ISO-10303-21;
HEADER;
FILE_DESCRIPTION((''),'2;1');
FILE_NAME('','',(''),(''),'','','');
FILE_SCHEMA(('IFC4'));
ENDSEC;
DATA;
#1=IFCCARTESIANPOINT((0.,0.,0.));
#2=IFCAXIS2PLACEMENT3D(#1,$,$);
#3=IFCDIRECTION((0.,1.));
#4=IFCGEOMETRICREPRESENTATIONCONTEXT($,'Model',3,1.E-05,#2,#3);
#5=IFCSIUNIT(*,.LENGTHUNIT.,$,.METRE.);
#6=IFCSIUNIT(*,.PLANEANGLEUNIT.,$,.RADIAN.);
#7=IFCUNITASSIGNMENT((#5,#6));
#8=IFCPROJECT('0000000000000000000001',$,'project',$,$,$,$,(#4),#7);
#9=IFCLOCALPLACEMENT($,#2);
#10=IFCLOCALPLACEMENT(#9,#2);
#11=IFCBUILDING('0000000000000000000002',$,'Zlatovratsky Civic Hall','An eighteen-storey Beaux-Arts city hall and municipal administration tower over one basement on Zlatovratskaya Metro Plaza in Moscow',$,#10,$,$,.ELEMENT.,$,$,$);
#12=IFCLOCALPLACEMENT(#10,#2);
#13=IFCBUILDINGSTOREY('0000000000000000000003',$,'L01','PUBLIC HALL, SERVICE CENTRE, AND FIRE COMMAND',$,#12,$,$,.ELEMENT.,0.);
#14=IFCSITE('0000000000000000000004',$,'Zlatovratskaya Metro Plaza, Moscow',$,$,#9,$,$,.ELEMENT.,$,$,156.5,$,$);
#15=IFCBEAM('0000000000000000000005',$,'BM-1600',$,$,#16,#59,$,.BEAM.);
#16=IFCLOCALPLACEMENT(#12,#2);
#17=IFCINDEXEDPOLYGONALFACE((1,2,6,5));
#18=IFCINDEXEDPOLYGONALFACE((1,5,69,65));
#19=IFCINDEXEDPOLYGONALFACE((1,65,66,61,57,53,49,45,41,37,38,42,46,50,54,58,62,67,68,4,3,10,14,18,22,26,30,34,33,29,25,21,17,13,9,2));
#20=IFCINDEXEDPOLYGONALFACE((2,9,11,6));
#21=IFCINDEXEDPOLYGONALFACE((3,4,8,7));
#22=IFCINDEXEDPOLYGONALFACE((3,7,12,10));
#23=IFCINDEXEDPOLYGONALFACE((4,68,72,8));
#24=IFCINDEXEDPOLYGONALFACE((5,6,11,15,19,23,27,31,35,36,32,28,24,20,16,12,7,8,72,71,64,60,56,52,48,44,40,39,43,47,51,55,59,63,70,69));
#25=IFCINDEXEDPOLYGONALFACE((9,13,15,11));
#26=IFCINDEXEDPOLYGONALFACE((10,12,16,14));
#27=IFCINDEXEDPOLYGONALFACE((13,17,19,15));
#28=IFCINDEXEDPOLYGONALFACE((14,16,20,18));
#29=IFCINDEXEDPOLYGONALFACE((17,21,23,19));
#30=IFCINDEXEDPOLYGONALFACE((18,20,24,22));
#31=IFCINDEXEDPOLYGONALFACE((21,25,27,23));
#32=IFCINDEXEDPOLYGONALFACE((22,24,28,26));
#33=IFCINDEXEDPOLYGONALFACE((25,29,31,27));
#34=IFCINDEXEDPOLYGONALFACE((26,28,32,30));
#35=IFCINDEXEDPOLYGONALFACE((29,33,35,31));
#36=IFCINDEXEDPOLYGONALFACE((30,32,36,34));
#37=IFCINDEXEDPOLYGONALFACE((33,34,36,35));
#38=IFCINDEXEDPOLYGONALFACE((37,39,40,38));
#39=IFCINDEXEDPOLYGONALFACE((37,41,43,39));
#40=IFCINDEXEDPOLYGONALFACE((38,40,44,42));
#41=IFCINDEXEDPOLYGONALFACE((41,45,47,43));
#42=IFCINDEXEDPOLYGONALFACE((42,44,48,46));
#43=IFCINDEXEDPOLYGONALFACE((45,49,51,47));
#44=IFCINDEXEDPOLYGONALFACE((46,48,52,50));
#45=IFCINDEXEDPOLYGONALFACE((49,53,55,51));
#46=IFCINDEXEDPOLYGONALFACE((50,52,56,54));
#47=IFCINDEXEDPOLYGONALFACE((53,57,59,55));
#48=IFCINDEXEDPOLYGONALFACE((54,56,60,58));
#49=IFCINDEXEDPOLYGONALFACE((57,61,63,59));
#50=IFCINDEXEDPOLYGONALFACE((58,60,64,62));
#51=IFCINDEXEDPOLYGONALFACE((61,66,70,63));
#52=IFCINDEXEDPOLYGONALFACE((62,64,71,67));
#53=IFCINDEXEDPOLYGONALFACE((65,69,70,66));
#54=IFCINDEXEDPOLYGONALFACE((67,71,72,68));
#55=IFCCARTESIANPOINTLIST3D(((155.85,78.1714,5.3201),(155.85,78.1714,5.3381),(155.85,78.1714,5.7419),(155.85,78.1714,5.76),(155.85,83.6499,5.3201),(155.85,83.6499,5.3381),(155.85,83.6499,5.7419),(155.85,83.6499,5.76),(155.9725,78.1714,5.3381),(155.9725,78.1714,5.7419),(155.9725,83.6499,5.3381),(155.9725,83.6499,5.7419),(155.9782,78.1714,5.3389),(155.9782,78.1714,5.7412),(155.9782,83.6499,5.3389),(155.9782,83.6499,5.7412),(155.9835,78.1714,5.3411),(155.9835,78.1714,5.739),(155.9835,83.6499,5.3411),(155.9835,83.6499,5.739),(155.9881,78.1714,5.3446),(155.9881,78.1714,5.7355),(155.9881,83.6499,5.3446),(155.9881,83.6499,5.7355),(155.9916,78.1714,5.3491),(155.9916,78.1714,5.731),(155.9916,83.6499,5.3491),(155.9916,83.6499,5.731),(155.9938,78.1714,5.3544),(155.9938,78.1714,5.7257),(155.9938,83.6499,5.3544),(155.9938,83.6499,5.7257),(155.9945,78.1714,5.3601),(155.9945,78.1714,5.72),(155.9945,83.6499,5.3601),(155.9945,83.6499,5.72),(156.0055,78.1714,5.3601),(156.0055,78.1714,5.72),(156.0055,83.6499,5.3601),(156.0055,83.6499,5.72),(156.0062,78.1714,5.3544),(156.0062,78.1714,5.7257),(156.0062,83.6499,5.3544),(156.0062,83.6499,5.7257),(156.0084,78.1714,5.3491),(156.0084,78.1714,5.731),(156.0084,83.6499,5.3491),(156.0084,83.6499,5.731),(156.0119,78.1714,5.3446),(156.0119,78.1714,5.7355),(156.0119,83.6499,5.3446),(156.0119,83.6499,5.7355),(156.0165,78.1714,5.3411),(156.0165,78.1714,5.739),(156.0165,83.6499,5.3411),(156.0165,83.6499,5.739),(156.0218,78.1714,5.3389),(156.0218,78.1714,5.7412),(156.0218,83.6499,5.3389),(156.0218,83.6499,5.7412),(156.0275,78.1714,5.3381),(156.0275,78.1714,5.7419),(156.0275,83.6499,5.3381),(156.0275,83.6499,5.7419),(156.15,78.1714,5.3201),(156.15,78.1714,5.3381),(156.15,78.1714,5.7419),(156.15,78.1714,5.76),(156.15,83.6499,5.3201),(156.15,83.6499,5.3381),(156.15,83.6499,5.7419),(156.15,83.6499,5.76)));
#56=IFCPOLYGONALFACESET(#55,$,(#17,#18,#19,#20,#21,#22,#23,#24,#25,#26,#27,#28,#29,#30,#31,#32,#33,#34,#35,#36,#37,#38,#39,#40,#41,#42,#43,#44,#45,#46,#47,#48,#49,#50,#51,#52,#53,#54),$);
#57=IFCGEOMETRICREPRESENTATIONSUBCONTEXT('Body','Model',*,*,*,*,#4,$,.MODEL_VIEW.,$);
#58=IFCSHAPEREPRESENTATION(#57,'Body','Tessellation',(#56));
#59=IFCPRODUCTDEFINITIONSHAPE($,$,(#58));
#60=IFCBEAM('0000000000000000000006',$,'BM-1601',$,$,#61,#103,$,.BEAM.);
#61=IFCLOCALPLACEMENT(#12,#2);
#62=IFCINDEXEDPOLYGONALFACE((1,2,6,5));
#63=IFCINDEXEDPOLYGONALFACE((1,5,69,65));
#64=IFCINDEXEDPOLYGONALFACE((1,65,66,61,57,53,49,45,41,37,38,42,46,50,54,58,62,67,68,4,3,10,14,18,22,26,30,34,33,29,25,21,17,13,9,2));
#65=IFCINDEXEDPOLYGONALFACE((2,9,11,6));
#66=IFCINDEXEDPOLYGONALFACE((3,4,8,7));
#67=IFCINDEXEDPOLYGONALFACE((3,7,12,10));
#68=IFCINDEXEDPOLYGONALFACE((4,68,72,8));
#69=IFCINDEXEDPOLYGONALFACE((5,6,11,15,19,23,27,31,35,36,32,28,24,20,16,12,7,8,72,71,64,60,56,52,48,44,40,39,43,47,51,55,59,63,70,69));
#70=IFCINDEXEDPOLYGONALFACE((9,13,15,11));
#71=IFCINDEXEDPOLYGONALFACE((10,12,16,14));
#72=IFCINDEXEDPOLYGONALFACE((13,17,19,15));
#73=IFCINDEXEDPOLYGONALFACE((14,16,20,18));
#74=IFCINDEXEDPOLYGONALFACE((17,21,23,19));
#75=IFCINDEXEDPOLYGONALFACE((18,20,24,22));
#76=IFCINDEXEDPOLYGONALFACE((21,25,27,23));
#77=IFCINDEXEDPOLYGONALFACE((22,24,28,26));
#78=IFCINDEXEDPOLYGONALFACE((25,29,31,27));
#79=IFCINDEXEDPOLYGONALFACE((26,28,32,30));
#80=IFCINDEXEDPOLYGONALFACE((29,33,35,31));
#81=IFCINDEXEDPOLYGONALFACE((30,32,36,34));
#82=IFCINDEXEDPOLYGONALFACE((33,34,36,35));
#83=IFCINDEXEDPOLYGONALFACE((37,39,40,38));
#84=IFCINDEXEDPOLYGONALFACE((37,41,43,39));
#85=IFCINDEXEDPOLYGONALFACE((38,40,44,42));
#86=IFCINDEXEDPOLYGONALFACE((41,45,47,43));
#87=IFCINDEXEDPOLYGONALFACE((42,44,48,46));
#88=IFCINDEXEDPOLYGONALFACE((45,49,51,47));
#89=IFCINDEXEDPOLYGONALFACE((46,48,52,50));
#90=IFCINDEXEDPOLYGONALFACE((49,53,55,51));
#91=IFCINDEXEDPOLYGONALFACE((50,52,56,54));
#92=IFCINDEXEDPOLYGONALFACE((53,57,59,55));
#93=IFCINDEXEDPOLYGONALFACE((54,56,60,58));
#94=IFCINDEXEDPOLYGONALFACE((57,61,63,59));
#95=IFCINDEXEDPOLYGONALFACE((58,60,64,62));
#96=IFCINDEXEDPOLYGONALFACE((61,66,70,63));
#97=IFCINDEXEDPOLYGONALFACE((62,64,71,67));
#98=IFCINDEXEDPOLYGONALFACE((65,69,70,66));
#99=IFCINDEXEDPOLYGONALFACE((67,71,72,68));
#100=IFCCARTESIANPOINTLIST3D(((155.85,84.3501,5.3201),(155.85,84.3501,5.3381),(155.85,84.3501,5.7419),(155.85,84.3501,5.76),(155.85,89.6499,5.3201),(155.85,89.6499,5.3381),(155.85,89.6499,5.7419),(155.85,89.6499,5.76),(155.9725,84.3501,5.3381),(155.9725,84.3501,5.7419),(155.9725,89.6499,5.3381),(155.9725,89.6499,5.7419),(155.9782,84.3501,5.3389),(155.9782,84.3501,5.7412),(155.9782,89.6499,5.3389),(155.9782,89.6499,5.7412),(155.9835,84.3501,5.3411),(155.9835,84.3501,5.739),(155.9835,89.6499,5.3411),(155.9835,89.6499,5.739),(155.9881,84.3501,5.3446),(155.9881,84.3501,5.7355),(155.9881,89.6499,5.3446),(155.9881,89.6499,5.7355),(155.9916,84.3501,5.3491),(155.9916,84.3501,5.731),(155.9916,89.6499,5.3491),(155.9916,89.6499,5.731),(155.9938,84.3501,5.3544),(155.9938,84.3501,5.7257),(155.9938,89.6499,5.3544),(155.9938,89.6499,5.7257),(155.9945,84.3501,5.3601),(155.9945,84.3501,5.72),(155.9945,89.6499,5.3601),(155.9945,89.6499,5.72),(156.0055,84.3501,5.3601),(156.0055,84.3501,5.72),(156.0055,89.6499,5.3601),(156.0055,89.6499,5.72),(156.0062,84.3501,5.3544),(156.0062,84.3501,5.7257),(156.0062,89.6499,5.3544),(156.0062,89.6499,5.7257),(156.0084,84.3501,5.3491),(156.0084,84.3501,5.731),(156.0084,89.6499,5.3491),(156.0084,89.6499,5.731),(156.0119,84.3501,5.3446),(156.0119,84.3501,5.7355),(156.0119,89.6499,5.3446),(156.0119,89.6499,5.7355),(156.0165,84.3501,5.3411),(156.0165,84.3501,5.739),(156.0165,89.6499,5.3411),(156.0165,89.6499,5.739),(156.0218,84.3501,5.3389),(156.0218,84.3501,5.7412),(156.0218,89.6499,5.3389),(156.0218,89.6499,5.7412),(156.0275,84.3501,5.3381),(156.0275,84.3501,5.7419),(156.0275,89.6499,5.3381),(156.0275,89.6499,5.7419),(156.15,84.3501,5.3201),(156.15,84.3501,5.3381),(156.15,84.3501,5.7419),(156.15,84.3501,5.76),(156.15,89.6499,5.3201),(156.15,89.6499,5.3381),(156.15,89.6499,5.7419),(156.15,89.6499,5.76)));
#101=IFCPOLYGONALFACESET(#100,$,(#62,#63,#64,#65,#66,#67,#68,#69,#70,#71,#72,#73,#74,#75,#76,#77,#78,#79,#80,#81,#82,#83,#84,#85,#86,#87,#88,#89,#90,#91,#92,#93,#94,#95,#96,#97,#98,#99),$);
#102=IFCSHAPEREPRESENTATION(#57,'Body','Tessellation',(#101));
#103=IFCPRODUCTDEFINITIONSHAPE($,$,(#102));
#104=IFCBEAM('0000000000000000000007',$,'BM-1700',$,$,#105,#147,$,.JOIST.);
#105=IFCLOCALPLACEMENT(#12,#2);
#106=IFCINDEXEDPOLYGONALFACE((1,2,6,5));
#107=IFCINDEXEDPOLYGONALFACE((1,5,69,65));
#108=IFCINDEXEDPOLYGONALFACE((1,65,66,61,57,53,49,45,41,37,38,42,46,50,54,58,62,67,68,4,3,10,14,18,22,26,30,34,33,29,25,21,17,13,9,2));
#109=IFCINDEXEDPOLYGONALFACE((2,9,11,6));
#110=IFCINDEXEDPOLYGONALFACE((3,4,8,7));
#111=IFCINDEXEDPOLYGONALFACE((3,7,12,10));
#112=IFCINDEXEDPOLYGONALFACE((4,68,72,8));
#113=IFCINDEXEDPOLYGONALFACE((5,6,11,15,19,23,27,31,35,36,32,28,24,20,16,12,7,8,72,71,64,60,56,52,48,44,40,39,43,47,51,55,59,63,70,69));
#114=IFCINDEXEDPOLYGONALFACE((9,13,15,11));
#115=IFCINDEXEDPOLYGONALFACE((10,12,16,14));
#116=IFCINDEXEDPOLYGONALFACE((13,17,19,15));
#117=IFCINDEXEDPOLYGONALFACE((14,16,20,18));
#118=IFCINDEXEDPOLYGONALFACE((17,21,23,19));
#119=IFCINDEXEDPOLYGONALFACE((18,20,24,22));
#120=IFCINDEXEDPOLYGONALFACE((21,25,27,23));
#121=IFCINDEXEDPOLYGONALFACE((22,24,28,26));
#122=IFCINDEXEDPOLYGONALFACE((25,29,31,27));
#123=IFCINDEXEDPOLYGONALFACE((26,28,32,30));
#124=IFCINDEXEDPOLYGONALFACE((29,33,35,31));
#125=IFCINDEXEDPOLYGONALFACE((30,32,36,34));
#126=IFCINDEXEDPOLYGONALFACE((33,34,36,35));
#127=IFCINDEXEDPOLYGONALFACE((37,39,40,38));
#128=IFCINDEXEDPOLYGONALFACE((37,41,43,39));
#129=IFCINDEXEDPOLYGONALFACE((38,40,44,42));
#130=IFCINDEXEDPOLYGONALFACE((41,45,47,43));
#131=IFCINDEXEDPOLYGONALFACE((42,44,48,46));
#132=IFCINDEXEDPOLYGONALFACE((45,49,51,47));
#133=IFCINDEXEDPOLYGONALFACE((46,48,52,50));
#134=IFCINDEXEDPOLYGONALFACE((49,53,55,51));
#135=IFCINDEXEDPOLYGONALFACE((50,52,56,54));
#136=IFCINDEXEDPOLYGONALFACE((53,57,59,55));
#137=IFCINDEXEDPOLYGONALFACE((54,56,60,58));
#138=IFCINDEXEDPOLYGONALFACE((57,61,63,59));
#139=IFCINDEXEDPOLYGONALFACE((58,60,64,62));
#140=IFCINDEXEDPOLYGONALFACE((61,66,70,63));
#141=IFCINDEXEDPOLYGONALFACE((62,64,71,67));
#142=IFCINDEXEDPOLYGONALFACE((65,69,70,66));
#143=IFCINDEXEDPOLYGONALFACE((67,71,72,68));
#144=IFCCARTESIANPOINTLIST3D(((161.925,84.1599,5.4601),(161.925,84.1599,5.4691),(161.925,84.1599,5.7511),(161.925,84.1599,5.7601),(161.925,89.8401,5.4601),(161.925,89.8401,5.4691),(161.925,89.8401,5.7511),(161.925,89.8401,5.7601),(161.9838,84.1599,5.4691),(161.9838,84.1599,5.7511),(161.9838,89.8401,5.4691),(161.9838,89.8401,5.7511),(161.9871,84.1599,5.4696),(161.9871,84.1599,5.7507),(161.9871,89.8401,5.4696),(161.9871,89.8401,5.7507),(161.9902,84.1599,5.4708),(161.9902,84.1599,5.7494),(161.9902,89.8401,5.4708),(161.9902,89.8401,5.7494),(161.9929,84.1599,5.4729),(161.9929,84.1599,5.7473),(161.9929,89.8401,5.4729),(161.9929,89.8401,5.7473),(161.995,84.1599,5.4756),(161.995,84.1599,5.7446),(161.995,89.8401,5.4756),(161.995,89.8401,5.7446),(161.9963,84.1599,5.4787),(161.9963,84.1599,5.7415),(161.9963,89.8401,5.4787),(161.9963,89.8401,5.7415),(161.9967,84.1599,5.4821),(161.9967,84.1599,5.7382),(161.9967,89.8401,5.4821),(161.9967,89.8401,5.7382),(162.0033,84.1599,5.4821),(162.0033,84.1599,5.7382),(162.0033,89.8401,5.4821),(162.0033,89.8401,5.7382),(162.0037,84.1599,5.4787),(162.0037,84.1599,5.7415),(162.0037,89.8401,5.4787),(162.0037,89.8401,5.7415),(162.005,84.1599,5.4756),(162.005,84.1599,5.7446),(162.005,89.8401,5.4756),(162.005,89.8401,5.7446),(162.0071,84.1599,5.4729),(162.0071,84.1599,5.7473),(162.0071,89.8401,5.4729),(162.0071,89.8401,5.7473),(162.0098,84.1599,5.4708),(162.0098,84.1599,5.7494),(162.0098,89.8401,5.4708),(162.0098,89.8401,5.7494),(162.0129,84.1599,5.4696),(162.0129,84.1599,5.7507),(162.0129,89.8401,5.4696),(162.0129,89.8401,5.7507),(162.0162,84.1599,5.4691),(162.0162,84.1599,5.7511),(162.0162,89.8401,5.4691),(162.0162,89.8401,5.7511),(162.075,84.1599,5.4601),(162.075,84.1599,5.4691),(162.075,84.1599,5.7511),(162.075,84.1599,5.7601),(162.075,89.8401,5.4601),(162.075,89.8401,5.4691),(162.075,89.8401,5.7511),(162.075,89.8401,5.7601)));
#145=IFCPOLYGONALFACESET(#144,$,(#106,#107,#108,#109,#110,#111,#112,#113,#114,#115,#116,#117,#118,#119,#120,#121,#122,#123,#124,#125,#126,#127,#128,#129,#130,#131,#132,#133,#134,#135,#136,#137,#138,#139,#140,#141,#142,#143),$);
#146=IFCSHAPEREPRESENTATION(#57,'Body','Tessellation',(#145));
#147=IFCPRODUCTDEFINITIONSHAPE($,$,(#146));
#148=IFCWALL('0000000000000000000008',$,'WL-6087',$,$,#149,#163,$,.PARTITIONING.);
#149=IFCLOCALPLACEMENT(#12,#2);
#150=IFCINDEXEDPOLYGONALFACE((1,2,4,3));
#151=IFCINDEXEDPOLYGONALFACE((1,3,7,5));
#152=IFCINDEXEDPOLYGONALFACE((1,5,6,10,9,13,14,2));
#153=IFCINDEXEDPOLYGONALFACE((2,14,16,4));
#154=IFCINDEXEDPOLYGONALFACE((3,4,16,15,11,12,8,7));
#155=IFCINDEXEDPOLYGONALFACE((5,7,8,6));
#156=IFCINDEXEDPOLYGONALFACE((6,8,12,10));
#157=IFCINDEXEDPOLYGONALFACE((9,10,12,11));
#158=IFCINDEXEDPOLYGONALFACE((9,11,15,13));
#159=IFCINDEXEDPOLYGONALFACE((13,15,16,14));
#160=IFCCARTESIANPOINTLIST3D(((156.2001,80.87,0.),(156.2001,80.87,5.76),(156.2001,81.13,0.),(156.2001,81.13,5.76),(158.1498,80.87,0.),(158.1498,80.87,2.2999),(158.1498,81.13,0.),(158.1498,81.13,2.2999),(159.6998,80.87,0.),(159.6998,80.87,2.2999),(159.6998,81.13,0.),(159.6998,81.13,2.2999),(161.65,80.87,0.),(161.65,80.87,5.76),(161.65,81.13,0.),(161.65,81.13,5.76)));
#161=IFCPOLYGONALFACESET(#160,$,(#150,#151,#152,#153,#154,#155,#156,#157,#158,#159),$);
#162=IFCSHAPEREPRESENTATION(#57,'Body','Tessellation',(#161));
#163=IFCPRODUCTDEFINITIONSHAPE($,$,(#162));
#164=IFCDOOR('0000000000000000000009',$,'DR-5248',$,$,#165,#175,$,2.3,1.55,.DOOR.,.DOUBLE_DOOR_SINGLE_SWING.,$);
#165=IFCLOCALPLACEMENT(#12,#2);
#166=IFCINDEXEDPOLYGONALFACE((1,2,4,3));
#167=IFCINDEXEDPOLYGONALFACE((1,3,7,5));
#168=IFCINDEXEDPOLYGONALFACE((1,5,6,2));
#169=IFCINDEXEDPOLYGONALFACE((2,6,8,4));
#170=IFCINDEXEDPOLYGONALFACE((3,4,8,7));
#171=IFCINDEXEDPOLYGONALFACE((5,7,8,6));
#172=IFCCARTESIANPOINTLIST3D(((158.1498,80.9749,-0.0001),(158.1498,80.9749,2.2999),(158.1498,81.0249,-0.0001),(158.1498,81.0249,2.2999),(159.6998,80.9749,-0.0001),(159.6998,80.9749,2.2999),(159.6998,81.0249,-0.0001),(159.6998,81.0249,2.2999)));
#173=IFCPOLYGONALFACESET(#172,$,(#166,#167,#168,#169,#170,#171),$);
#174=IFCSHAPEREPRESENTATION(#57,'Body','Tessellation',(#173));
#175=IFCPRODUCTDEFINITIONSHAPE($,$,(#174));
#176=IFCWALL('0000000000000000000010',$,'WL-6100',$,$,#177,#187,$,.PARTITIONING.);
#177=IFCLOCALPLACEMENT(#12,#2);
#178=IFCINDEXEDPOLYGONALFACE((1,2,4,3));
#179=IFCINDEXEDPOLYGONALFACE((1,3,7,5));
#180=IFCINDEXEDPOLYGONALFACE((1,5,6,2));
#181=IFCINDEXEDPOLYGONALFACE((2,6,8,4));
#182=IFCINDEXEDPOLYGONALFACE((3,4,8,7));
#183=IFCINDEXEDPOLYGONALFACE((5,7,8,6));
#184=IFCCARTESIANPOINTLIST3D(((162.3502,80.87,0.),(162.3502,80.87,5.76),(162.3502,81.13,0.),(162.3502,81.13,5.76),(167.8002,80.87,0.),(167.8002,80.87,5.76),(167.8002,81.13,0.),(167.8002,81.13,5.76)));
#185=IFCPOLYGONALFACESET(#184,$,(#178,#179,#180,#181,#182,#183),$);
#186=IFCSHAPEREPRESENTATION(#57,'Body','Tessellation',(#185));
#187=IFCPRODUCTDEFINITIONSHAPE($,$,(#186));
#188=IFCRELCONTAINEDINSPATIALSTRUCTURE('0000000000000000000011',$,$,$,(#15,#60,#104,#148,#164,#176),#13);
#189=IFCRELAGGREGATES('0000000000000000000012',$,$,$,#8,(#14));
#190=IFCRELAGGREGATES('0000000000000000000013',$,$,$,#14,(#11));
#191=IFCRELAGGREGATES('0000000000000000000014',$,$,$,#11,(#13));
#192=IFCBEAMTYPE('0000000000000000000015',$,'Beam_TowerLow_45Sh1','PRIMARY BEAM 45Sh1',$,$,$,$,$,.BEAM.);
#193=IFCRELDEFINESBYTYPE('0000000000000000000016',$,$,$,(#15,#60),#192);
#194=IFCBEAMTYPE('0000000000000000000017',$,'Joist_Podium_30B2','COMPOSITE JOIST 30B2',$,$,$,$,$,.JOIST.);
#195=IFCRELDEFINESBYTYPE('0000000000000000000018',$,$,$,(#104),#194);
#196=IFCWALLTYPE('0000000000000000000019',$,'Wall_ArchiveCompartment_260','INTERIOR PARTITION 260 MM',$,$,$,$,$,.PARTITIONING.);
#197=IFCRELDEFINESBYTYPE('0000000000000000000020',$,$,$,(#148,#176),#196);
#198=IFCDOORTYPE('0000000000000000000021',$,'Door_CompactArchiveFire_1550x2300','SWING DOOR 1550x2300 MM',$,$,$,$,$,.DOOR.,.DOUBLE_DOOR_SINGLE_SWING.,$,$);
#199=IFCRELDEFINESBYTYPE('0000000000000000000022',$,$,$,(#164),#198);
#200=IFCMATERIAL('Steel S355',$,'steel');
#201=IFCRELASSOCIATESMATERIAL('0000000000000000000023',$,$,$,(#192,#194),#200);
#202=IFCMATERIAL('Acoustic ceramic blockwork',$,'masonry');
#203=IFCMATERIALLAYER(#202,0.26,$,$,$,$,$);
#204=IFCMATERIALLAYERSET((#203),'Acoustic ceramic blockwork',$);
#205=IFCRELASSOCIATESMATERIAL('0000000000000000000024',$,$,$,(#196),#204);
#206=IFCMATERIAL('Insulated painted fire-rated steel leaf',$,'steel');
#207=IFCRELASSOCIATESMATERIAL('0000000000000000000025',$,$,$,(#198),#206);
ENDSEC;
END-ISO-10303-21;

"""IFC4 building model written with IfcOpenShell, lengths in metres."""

from ifc_helpers import new_model, si_unit, direction, frame, frame_2d, origin, origin_2d, place, context, subcontext, project, spatial, rectangle, i_section, extrude, material, layer, layer_set, material_profile, profile_set, type_object, element, fill, save


model = new_model("IFC4")

# Units and contexts
model_context = context("Model", 3, precision=1e-05, world=origin(), true_north=direction((0.0, 1.0)))
body_context = subcontext(model_context, "Body", "Model", "MODEL_VIEW")
ifc_project = project(units=[si_unit("LENGTHUNIT", "METRE"), si_unit("PLANEANGLEUNIT", "RADIAN")], contexts=[model_context])

# Site, building, storey
site_placement = place(None, origin())
site = spatial("IfcSite", under=ifc_project, at=site_placement, Name="Zlatovratskaya Metro Plaza, Moscow", CompositionType="ELEMENT", RefElevation=156.5)
building_placement = place(site_placement, origin())
building = spatial("IfcBuilding", under=site, at=building_placement, Name="Zlatovratsky Civic Hall", Description="An eighteen-storey Beaux-Arts city hall and municipal administration tower over one basement on Zlatovratskaya Metro Plaza in Moscow", CompositionType="ELEMENT")
storey_placement = place(building_placement, origin())
storey = spatial("IfcBuildingStorey", under=building, at=storey_placement, Name="L01", Description="PUBLIC HALL, SERVICE CENTRE, AND FIRE COMMAND", CompositionType="ELEMENT", Elevation=0.0)

# Beams
ifc_material_1 = material(Name="Steel S355", Category="steel")
ifc_material_profile_1 = material_profile(ifc_material_1, i_section(OverallWidth=0.3, OverallDepth=0.4399, WebThickness=0.011, FlangeThickness=0.0181, FilletRadius=0.022, at=origin_2d()), Name="45Sh1")
ifc_profile_set_1 = profile_set([ifc_material_profile_1], Name="Steel S355")
beam_type_1 = type_object("IfcBeamType", Name="Beam_TowerLow_45Sh1", Description="PRIMARY BEAM 45Sh1", PredefinedType="BEAM", material=ifc_profile_set_1)
beam_1_placement = place(storey_placement, frame((156.0, 78.1714, 5.54), z_axis=(0.0, 1.0, 0.0), x_axis=(-1.0, 0.0, 0.0)))
element("IfcBeam", 1, at=beam_1_placement, inside=storey, type_object=beam_type_1, Name="BM-1600", PredefinedType="BEAM", context=body_context, shape_type="SweptSolid", body=[
    extrude(i_section(OverallWidth=0.3, OverallDepth=0.4399, WebThickness=0.011, FlangeThickness=0.0181, FilletRadius=0.022, at=origin_2d()), origin(), (0.0, 0.0, 1.0), 5.4785),
])
beam_2_placement = place(storey_placement, frame((156.0, 84.3501, 5.54), z_axis=(0.0, 1.0, 0.0), x_axis=(-1.0, 0.0, 0.0)))
element("IfcBeam", 2, at=beam_2_placement, inside=storey, type_object=beam_type_1, Name="BM-1601", PredefinedType="BEAM", context=body_context, shape_type="SweptSolid", body=[
    extrude(i_section(OverallWidth=0.3, OverallDepth=0.4399, WebThickness=0.011, FlangeThickness=0.0181, FilletRadius=0.022, at=origin_2d()), origin(), (0.0, 0.0, 1.0), 5.2998),
])
ifc_material_profile_2 = material_profile(ifc_material_1, i_section(OverallWidth=0.1499, OverallDepth=0.3, WebThickness=0.0066, FlangeThickness=0.009, FilletRadius=0.0129, at=origin_2d()), Name="30B2")
ifc_profile_set_2 = profile_set([ifc_material_profile_2], Name="Steel S355")
beam_type_2 = type_object("IfcBeamType", Name="Joist_Podium_30B2", Description="COMPOSITE JOIST 30B2", PredefinedType="JOIST", material=ifc_profile_set_2)
beam_3_placement = place(storey_placement, frame((162.0, 84.1599, 5.6101), z_axis=(0.0, 1.0, 0.0), x_axis=(-1.0, 0.0, 0.0)))
element("IfcBeam", 3, at=beam_3_placement, inside=storey, type_object=beam_type_2, Name="BM-1700", PredefinedType="JOIST", context=body_context, shape_type="SweptSolid", body=[
    extrude(i_section(OverallWidth=0.1499, OverallDepth=0.3, WebThickness=0.0066, FlangeThickness=0.009, FilletRadius=0.0129, at=origin_2d()), origin(), (0.0, 0.0, 1.0), 5.6802),
])

# Wall, opening, door
ifc_material_2 = material(Name="Acoustic ceramic blockwork", Category="masonry")
ifc_layer_1 = layer(ifc_material_2, 0.26)
ifc_layer_set_1 = layer_set([ifc_layer_1], Name="Acoustic ceramic blockwork")
wall_type_1 = type_object("IfcWallType", Name="Wall_ArchiveCompartment_260", Description="INTERIOR PARTITION 260 MM", PredefinedType="PARTITIONING", material=ifc_layer_set_1)
wall_1_placement = place(storey_placement, frame((156.2, 81.0, 0.0), z_axis=(0.0, 0.0, 1.0), x_axis=(1.0, 0.0, 0.0)))
wall_1 = element("IfcWall", 4, at=wall_1_placement, inside=storey, type_object=wall_type_1, Name="WL-6087", PredefinedType="PARTITIONING", context=body_context, shape_type="SweptSolid", body=[
    extrude(rectangle(XDim=5.45, YDim=0.26, at=frame_2d((2.7251, 0.0))), origin(), (0.0, 0.0, 1.0), 5.76),
])
opening_1_placement = place(wall_1_placement, frame((1.95, 0.0, 0.0)))
opening_1 = element("IfcOpeningElement", 5, at=opening_1_placement, cuts=wall_1, PredefinedType="OPENING", context=body_context, shape_type="SweptSolid", body=[
    extrude(rectangle(XDim=1.55, YDim=2.3, at=frame_2d((0.7749, 1.1499))), frame((0.0, 0.145, 0.0), z_axis=(0.0, -1.0, 0.0), x_axis=(1.0, 0.0, 0.0)), (0.0, 0.0, 1.0), 0.2898),
])
ifc_material_3 = material(Name="Insulated painted fire-rated steel leaf", Category="steel")
door_type_1 = type_object("IfcDoorType", Name="Door_CompactArchiveFire_1550x2300", Description="SWING DOOR 1550x2300 MM", OperationType="DOUBLE_DOOR_SINGLE_SWING", PredefinedType="DOOR", material=ifc_material_3)
door_1_placement = place(opening_1_placement, origin())
door_1 = element("IfcDoor", 6, at=door_1_placement, inside=storey, type_object=door_type_1, Name="DR-5248", OperationType="DOUBLE_DOOR_SINGLE_SWING", OverallHeight=2.3, OverallWidth=1.55, PredefinedType="DOOR", context=body_context, shape_type="SweptSolid", body=[
    extrude(rectangle(XDim=1.55, YDim=2.3, at=frame_2d((0.7749, 1.1499))), frame((0.0, 0.0249, 0.0), z_axis=(0.0, -1.0, 0.0), x_axis=(1.0, 0.0, 0.0)), (0.0, 0.0, 1.0), 0.05),
])
fill(opening_1, door_1)

# Wall
wall_2_placement = place(storey_placement, frame((162.3501, 81.0, 0.0), z_axis=(0.0, 0.0, 1.0), x_axis=(1.0, 0.0, 0.0)))
element("IfcWall", 7, at=wall_2_placement, inside=storey, type_object=wall_type_1, Name="WL-6100", PredefinedType="PARTITIONING", context=body_context, shape_type="SweptSolid", body=[
    extrude(rectangle(XDim=5.45, YDim=0.26, at=frame_2d((2.7251, 0.0))), origin(), (0.0, 0.0, 1.0), 5.76),
])

save(model, "model.ifc")
